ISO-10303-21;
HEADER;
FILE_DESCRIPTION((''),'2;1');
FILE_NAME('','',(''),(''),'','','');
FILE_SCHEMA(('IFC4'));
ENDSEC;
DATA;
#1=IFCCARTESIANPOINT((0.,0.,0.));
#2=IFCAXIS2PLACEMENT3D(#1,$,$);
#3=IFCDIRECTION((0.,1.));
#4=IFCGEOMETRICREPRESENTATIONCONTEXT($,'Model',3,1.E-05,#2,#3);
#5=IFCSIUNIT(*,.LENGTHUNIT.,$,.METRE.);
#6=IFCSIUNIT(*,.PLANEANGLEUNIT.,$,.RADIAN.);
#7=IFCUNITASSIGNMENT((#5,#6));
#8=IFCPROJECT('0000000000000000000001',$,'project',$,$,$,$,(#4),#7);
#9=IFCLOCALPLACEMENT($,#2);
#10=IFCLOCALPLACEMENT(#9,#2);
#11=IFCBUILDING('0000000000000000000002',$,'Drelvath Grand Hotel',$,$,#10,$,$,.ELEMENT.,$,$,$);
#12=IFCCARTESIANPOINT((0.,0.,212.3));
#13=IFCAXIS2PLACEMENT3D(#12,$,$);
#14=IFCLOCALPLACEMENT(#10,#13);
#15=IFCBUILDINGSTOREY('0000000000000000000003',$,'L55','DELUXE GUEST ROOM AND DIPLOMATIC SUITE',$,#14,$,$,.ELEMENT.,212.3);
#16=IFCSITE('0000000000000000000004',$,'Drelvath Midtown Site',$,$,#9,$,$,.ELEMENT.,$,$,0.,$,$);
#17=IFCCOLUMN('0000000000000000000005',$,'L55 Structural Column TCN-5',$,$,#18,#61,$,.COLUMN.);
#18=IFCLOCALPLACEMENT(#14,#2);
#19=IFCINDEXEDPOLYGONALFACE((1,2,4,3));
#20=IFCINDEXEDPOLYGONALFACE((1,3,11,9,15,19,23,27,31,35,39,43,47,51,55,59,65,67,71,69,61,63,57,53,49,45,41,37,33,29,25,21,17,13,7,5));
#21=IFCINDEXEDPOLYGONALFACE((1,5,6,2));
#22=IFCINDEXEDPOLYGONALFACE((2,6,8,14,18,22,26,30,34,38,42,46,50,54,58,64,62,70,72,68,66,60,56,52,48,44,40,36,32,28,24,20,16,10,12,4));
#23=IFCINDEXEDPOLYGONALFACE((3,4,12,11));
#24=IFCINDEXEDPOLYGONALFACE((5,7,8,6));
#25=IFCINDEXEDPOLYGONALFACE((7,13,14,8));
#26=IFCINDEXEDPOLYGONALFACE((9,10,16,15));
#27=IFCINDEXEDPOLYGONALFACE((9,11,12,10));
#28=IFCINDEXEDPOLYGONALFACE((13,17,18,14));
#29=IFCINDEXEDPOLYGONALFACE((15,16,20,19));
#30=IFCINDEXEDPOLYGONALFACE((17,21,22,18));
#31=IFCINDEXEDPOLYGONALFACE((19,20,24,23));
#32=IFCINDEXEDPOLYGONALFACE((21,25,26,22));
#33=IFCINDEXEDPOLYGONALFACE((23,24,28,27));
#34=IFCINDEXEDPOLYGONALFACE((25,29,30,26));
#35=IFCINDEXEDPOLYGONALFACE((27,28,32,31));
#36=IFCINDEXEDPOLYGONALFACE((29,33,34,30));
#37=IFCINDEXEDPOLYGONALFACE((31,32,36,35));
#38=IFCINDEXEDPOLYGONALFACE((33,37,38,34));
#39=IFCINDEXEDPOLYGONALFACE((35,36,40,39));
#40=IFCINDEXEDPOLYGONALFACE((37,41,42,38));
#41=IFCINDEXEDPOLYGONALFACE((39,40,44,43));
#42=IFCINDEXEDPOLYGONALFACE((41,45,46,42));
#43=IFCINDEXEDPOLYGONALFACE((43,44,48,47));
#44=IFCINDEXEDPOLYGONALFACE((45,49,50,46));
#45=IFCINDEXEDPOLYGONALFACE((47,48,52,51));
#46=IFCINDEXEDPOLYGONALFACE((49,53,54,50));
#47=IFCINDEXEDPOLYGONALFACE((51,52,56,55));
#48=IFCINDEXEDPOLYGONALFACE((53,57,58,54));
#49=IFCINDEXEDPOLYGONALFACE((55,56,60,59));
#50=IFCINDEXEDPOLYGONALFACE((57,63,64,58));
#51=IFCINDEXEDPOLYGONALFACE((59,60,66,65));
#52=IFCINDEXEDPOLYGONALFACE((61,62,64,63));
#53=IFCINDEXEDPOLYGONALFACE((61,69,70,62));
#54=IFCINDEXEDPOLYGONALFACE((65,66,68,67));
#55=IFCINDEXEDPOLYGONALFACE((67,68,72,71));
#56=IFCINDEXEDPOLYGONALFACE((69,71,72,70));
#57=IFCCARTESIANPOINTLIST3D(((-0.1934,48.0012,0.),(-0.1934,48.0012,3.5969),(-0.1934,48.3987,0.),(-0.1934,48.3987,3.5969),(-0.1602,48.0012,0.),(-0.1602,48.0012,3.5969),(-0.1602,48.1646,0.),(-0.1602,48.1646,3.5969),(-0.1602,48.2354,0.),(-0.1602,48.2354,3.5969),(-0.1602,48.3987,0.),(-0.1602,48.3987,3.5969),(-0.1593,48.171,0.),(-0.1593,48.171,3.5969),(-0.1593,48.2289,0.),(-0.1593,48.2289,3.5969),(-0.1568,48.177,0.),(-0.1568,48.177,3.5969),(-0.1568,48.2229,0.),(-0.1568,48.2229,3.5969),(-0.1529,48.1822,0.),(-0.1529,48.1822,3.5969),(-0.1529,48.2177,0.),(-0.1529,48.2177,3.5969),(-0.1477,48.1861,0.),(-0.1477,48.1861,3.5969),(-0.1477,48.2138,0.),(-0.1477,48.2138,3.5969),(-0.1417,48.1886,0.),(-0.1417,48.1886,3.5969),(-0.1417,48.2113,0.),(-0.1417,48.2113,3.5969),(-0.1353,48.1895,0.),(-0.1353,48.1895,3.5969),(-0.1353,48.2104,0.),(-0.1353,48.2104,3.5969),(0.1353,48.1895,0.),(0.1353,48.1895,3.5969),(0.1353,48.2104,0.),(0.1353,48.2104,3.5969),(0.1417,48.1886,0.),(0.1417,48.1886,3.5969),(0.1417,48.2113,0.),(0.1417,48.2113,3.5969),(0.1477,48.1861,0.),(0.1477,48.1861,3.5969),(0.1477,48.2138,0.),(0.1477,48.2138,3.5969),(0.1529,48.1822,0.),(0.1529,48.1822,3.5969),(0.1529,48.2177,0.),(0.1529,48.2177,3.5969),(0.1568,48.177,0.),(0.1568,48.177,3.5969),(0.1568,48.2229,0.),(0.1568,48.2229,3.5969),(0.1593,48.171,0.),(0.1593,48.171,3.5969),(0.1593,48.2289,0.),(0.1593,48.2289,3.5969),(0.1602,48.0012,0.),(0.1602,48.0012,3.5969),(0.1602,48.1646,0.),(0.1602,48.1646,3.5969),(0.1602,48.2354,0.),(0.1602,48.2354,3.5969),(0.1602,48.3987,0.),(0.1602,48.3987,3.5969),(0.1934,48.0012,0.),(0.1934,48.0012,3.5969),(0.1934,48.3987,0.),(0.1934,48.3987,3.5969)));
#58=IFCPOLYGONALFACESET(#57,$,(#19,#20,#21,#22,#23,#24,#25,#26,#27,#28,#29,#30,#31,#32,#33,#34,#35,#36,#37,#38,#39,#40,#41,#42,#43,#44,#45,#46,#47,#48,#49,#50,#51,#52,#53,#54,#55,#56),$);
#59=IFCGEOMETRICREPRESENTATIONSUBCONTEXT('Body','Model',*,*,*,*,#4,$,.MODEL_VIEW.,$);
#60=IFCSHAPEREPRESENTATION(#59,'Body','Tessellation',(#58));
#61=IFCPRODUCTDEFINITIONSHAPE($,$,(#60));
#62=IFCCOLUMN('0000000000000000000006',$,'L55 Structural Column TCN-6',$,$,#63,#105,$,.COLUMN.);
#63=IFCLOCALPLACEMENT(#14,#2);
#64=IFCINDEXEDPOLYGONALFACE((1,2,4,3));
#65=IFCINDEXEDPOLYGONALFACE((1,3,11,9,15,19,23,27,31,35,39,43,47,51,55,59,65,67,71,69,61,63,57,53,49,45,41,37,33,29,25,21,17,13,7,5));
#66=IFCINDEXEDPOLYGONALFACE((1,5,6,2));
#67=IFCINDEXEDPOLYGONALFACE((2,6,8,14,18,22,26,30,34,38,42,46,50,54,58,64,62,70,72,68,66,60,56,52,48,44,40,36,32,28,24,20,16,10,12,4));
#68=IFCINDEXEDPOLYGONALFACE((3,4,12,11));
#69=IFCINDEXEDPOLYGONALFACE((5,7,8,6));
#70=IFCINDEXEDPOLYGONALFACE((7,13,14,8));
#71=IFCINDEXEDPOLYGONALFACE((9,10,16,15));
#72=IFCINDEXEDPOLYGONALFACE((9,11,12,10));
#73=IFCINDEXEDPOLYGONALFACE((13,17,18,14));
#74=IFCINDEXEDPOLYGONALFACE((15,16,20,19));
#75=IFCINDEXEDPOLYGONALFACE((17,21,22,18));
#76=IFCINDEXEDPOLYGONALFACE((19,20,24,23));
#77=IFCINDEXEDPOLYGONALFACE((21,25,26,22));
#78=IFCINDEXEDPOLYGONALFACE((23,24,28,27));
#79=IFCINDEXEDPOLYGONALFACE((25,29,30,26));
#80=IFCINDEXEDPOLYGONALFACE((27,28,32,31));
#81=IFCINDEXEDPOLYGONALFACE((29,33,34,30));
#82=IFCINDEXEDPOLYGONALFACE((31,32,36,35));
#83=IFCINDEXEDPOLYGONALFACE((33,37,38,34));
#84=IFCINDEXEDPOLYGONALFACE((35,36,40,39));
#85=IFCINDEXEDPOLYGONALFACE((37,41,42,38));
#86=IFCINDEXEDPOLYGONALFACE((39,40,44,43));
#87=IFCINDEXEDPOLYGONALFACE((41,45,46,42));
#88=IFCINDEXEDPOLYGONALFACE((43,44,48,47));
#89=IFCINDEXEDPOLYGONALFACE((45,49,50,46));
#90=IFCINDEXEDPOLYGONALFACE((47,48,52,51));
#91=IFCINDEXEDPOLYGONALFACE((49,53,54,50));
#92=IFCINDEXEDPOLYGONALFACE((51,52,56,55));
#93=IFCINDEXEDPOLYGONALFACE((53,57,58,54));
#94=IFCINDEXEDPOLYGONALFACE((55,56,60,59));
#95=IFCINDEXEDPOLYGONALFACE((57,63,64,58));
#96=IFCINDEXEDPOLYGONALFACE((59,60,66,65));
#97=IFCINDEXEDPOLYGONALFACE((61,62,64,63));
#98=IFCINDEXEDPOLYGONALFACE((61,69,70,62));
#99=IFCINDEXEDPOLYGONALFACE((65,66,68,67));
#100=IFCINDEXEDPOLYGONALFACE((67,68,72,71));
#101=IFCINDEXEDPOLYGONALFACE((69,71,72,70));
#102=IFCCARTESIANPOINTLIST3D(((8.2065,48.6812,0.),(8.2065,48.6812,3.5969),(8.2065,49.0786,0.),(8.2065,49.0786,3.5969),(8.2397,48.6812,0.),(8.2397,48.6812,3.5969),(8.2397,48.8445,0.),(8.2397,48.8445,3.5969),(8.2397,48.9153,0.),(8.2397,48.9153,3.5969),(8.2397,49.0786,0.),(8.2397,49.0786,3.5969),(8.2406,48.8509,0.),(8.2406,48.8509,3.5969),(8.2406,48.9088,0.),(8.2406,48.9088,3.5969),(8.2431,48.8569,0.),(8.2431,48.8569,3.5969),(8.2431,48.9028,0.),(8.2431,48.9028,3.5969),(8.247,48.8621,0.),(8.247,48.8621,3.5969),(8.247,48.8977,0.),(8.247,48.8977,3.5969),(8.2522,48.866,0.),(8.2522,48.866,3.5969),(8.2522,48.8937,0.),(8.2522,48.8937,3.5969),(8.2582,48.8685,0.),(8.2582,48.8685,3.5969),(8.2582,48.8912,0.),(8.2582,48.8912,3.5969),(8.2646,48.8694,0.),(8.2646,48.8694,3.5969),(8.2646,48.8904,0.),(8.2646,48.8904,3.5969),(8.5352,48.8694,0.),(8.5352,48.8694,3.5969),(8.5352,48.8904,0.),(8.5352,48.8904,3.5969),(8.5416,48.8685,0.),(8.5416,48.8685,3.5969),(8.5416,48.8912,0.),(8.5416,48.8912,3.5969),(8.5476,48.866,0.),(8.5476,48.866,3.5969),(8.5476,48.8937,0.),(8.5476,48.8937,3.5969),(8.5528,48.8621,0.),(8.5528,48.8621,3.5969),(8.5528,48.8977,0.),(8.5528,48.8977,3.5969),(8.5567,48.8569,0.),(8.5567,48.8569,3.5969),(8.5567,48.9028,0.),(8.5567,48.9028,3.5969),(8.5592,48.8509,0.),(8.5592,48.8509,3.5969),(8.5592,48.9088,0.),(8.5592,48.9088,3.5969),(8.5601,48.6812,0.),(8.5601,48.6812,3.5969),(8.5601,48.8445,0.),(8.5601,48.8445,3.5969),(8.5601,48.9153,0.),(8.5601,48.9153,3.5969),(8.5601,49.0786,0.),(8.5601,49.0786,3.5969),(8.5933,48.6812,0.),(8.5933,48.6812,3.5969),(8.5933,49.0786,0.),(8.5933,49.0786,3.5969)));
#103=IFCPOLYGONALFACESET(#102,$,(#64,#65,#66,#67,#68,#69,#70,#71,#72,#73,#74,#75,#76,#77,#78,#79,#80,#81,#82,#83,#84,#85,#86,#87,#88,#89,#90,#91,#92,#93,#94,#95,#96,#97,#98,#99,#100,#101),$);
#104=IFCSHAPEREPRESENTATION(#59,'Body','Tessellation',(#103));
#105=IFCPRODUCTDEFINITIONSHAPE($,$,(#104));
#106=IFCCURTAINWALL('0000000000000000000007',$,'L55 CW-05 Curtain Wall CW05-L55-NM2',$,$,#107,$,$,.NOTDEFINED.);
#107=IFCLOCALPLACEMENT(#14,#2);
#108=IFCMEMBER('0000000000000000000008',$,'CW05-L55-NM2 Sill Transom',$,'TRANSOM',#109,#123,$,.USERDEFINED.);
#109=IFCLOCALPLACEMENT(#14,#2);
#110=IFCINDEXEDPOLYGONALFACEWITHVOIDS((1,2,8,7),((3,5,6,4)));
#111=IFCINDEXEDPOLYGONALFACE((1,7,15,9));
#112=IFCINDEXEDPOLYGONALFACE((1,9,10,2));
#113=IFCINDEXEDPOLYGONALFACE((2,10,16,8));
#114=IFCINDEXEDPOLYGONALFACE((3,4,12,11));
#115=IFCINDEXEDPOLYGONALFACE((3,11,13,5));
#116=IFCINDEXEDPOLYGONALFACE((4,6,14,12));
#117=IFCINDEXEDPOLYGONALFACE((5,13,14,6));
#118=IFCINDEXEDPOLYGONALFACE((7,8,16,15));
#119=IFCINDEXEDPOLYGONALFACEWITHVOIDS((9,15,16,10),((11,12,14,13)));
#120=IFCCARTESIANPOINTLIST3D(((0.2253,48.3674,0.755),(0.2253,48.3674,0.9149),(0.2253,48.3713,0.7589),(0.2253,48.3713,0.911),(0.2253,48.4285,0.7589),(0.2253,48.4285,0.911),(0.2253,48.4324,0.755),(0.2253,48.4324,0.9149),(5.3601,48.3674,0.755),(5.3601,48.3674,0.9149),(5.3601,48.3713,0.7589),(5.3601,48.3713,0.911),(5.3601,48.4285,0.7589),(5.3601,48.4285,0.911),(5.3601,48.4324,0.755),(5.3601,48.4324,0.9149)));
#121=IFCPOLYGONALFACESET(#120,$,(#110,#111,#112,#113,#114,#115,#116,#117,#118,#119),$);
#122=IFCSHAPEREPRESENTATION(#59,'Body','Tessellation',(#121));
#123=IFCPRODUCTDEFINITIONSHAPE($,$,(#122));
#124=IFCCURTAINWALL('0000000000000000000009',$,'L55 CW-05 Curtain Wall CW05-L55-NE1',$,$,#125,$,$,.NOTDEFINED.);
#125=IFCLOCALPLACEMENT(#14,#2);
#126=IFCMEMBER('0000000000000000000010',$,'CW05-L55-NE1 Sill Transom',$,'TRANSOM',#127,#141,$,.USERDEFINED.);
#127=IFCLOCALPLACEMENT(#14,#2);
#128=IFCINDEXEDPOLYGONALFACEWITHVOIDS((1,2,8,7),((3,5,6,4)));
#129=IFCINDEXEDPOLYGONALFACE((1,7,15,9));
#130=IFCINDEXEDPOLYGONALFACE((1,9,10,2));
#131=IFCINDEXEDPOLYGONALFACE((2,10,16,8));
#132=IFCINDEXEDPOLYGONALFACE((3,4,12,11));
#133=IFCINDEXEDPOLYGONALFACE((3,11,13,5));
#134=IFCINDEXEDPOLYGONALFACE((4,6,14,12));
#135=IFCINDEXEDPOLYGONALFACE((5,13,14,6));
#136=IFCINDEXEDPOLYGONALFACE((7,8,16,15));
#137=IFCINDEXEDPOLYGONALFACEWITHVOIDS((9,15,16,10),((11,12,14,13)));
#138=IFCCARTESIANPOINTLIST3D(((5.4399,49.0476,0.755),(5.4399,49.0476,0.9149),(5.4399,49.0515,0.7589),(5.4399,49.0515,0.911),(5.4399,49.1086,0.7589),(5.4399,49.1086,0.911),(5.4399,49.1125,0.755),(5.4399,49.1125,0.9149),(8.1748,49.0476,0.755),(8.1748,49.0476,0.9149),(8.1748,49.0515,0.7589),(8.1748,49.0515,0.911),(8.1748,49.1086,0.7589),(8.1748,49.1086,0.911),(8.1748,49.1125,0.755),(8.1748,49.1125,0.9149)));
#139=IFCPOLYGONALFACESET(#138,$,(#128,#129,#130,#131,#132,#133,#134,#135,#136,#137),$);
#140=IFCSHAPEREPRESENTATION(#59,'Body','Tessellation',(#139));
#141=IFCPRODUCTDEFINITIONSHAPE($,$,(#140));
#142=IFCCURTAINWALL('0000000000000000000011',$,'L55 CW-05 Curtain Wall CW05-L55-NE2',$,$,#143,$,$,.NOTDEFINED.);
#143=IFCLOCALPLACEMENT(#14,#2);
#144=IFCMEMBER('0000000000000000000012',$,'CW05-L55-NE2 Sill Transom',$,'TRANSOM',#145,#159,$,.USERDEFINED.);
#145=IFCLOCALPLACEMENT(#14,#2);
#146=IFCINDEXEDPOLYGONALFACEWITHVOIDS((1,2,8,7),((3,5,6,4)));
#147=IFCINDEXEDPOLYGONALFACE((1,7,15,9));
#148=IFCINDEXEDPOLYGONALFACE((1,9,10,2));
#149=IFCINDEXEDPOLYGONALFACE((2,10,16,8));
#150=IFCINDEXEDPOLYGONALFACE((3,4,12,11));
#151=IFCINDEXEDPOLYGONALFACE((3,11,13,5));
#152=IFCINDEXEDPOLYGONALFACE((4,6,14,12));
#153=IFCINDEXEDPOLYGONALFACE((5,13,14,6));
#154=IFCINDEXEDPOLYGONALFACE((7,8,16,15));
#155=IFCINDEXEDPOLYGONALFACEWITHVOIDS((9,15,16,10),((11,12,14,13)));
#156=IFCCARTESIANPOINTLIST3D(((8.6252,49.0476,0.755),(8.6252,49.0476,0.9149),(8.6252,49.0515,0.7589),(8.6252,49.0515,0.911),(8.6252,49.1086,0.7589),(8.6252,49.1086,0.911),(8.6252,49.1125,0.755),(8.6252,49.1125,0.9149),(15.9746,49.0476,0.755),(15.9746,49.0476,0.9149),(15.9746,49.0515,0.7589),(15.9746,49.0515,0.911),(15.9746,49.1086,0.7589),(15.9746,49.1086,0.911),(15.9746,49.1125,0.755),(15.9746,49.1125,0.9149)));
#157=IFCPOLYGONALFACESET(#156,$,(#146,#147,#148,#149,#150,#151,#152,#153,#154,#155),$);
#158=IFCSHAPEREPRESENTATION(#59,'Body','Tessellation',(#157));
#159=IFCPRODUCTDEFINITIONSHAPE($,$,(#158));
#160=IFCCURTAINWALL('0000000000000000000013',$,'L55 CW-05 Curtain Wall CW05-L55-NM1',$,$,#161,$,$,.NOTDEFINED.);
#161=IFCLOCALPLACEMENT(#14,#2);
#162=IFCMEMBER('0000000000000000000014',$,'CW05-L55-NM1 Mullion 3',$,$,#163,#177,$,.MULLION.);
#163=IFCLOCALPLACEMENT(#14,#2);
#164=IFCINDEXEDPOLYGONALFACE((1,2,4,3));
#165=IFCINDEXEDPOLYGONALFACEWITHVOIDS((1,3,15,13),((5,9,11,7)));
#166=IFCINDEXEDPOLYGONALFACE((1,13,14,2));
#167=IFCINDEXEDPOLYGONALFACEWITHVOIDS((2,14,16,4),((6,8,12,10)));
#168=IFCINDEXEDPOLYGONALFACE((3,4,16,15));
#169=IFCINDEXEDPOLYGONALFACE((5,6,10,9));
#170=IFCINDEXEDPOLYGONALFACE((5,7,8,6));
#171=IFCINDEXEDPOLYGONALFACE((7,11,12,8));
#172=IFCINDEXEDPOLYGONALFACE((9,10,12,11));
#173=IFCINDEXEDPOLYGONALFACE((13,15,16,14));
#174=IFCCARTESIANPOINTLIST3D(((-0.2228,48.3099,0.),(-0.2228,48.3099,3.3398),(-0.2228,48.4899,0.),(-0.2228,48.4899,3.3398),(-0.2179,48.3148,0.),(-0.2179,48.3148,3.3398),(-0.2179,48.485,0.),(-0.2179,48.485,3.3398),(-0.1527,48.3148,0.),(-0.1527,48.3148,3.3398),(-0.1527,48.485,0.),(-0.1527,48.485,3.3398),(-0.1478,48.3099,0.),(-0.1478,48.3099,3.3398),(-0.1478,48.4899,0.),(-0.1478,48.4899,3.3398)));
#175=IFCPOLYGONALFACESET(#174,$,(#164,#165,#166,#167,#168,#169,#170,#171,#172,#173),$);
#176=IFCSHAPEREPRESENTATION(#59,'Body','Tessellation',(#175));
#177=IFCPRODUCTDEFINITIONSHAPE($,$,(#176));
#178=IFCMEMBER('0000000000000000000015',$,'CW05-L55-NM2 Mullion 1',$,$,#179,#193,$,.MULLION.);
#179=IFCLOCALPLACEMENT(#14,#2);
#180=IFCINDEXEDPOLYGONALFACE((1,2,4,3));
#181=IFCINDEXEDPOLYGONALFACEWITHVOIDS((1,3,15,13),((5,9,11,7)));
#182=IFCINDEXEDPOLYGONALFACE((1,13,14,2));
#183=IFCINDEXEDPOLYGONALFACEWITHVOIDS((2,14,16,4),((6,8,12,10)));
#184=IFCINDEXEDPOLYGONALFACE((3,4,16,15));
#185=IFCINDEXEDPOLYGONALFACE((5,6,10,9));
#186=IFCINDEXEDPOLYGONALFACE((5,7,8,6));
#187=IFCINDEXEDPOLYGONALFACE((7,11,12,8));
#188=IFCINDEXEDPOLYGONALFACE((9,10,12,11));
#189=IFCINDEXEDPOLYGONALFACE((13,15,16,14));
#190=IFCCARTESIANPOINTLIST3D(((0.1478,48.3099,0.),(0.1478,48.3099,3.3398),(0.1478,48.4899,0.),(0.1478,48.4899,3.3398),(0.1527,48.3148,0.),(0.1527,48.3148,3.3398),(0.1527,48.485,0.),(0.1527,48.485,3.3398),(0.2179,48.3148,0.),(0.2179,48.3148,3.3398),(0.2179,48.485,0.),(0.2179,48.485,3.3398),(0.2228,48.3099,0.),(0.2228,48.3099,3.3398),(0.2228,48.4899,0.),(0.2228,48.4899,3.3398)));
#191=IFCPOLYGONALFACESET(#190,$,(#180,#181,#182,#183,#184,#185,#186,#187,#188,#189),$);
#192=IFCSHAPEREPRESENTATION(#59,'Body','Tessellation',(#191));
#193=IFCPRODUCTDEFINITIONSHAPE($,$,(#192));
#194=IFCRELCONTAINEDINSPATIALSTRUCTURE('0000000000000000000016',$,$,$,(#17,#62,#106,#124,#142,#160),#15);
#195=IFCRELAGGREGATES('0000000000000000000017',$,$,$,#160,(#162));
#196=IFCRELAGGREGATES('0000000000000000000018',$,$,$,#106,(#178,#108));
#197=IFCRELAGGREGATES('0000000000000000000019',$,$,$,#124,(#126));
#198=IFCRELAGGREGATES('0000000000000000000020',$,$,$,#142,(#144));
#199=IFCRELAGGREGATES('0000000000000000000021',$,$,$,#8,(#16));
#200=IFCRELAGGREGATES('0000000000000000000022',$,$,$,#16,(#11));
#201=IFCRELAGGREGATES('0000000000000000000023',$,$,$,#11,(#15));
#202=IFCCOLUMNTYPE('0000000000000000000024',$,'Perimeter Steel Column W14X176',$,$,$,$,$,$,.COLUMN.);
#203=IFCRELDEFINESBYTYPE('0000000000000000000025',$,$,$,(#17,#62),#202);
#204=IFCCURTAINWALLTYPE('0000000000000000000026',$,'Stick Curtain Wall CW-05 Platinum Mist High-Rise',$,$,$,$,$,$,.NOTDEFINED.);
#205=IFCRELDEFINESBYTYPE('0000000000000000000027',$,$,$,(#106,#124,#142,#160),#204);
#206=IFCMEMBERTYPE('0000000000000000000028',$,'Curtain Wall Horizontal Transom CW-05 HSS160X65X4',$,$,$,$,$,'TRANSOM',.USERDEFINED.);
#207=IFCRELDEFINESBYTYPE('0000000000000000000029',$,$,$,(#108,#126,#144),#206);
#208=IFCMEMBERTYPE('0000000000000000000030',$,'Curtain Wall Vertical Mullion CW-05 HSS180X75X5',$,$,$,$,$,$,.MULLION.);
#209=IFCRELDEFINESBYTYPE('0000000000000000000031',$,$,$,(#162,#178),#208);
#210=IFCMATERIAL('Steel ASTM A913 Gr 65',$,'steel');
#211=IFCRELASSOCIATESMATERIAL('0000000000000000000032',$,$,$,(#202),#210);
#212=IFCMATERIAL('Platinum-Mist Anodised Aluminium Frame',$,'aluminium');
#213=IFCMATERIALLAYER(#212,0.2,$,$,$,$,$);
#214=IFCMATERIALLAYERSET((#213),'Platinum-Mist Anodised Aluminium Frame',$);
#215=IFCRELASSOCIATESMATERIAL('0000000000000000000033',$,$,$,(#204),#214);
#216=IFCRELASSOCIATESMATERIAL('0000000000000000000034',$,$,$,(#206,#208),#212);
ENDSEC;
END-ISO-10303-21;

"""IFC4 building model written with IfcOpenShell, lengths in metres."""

from ifc_helpers import new_model, si_unit, direction, frame, origin, origin_2d, place, context, subcontext, project, spatial, hollow_rectangle, i_section, extrude, material, layer, layer_set, material_profile, profile_set, type_object, element, aggregate, save


model = new_model("IFC4")

# Units and contexts
model_context = context("Model", 3, precision=1e-05, world=origin(), true_north=direction((0.0, 1.0)))
body_context = subcontext(model_context, "Body", "Model", "MODEL_VIEW")
ifc_project = project(units=[si_unit("LENGTHUNIT", "METRE"), si_unit("PLANEANGLEUNIT", "RADIAN")], contexts=[model_context])

# Site, building, storey
site_placement = place(None, origin())
site = spatial("IfcSite", under=ifc_project, at=site_placement, Name="Drelvath Midtown Site", CompositionType="ELEMENT", RefElevation=0.0)
building_placement = place(site_placement, origin())
building = spatial("IfcBuilding", under=site, at=building_placement, Name="Drelvath Grand Hotel", CompositionType="ELEMENT")
storey_placement = place(building_placement, frame((0.0, 0.0, 212.3)))
storey = spatial("IfcBuildingStorey", under=building, at=storey_placement, Name="L55", Description="DELUXE GUEST ROOM AND DIPLOMATIC SUITE", CompositionType="ELEMENT", Elevation=212.3)

# Columns
ifc_material_1 = material(Name="Steel ASTM A913 Gr 65", Category="steel")
ifc_material_profile_1 = material_profile(ifc_material_1, i_section(OverallWidth=0.3975, OverallDepth=0.3867, WebThickness=0.021, FlangeThickness=0.0332, FilletRadius=0.0249, at=origin_2d()), Name="W14X176")
ifc_profile_set_1 = profile_set([ifc_material_profile_1], Name="Steel ASTM A913 Gr 65")
column_type = type_object("IfcColumnType", Name="Perimeter Steel Column W14X176", PredefinedType="COLUMN", material=ifc_profile_set_1)
for number, where, z_axis, x_axis, name in (
    (1, (0.0, 48.2, 0.0), (0.0, 0.0, 1.0), (0.0, 1.0, 0.0), "L55 Structural Column TCN-5"),
    (2, (8.3999, 48.8799, 0.0), (0.0, 0.0, 1.0), (0.0, 1.0, 0.0), "L55 Structural Column TCN-6"),
):
    element("IfcColumn", number, at=place(storey_placement, frame(where, z_axis=z_axis, x_axis=x_axis)), inside=storey, type_object=column_type, Name=name, PredefinedType="COLUMN", context=body_context, shape_type="SweptSolid", body=[
        extrude(i_section(OverallWidth=0.3975, OverallDepth=0.3867, WebThickness=0.021, FlangeThickness=0.0332, FilletRadius=0.0249, at=origin_2d()), origin(), (0.0, 0.0, 1.0), 3.5969),
    ])

# Curtain walls, members
ifc_material_2 = material(Name="Platinum-Mist Anodised Aluminium Frame", Category="aluminium")
ifc_layer_1 = layer(ifc_material_2, 0.2)
ifc_layer_set_1 = layer_set([ifc_layer_1], Name="Platinum-Mist Anodised Aluminium Frame")
curtain_wall_type = type_object("IfcCurtainWallType", Name="Stick Curtain Wall CW-05 Platinum Mist High-Rise", PredefinedType="NOTDEFINED", material=ifc_layer_set_1)
curtain_wall_1_placement = place(storey_placement, origin())
curtain_wall_1 = element("IfcCurtainWall", 3, at=curtain_wall_1_placement, inside=storey, type_object=curtain_wall_type, Name="L55 CW-05 Curtain Wall CW05-L55-NM2", PredefinedType="NOTDEFINED")
ifc_material_profile_2 = material_profile(ifc_material_2, hollow_rectangle(XDim=0.0649, YDim=0.1599, WallThickness=0.0039, at=origin_2d()), Name="HSS160X65X4")
ifc_profile_set_2 = profile_set([ifc_material_profile_2], Name="Platinum-Mist Anodised Aluminium Frame")
member_type_1 = type_object("IfcMemberType", Name="Curtain Wall Horizontal Transom CW-05 HSS160X65X4", ElementType="TRANSOM", PredefinedType="USERDEFINED", material=ifc_profile_set_2)
member_1_placement = place(storey_placement, frame((0.2253, 48.3999, 0.835), z_axis=(1.0, 0.0, 0.0), x_axis=(0.0, 1.0, 0.0)))
member_1 = element("IfcMember", 4, at=member_1_placement, type_object=member_type_1, Name="CW05-L55-NM2 Sill Transom", ObjectType="TRANSOM", PredefinedType="USERDEFINED", context=body_context, shape_type="SweptSolid", body=[
    extrude(hollow_rectangle(XDim=0.0649, YDim=0.1599, WallThickness=0.0039, at=origin_2d()), origin(), (0.0, 0.0, 1.0), 5.1348),
])
curtain_wall_2_placement = place(storey_placement, origin())
curtain_wall_2 = element("IfcCurtainWall", 5, at=curtain_wall_2_placement, inside=storey, type_object=curtain_wall_type, Name="L55 CW-05 Curtain Wall CW05-L55-NE1", PredefinedType="NOTDEFINED")
member_2_placement = place(storey_placement, frame((5.4399, 49.0801, 0.835), z_axis=(1.0, 0.0, 0.0), x_axis=(0.0, 1.0, 0.0)))
member_2 = element("IfcMember", 6, at=member_2_placement, type_object=member_type_1, Name="CW05-L55-NE1 Sill Transom", ObjectType="TRANSOM", PredefinedType="USERDEFINED", context=body_context, shape_type="SweptSolid", body=[
    extrude(hollow_rectangle(XDim=0.0649, YDim=0.1599, WallThickness=0.0039, at=origin_2d()), origin(), (0.0, 0.0, 1.0), 2.7349),
])
curtain_wall_3_placement = place(storey_placement, origin())
curtain_wall_3 = element("IfcCurtainWall", 7, at=curtain_wall_3_placement, inside=storey, type_object=curtain_wall_type, Name="L55 CW-05 Curtain Wall CW05-L55-NE2", PredefinedType="NOTDEFINED")
member_3_placement = place(storey_placement, frame((8.6252, 49.0801, 0.835), z_axis=(1.0, 0.0, 0.0), x_axis=(0.0, 1.0, 0.0)))
member_3 = element("IfcMember", 8, at=member_3_placement, type_object=member_type_1, Name="CW05-L55-NE2 Sill Transom", ObjectType="TRANSOM", PredefinedType="USERDEFINED", context=body_context, shape_type="SweptSolid", body=[
    extrude(hollow_rectangle(XDim=0.0649, YDim=0.1599, WallThickness=0.0039, at=origin_2d()), origin(), (0.0, 0.0, 1.0), 7.3494),
])
curtain_wall_4_placement = place(storey_placement, origin())
curtain_wall_4 = element("IfcCurtainWall", 9, at=curtain_wall_4_placement, inside=storey, type_object=curtain_wall_type, Name="L55 CW-05 Curtain Wall CW05-L55-NM1", PredefinedType="NOTDEFINED")
ifc_material_profile_3 = material_profile(ifc_material_2, hollow_rectangle(XDim=0.075, YDim=0.1799, WallThickness=0.0049, at=origin_2d()), Name="HSS180X75X5")
ifc_profile_set_3 = profile_set([ifc_material_profile_3], Name="Platinum-Mist Anodised Aluminium Frame")
member_type_2 = type_object("IfcMemberType", Name="Curtain Wall Vertical Mullion CW-05 HSS180X75X5", PredefinedType="MULLION", material=ifc_profile_set_3)
member_4_placement = place(storey_placement, frame((-0.1853, 48.3999, 0.0), z_axis=(0.0, 0.0, 1.0), x_axis=(1.0, 0.0, 0.0)))
member_4 = element("IfcMember", 10, at=member_4_placement, type_object=member_type_2, Name="CW05-L55-NM1 Mullion 3", PredefinedType="MULLION", context=body_context, shape_type="SweptSolid", body=[
    extrude(hollow_rectangle(XDim=0.075, YDim=0.1799, WallThickness=0.0049, at=origin_2d()), origin(), (0.0, 0.0, 1.0), 3.3398),
])
aggregate(curtain_wall_4, [member_4])

# Member
member_5_placement = place(storey_placement, frame((0.1853, 48.3999, 0.0), z_axis=(0.0, 0.0, 1.0), x_axis=(1.0, 0.0, 0.0)))
member_5 = element("IfcMember", 11, at=member_5_placement, type_object=member_type_2, Name="CW05-L55-NM2 Mullion 1", PredefinedType="MULLION", context=body_context, shape_type="SweptSolid", body=[
    extrude(hollow_rectangle(XDim=0.075, YDim=0.1799, WallThickness=0.0049, at=origin_2d()), origin(), (0.0, 0.0, 1.0), 3.3398),
])

aggregate(curtain_wall_1, [member_5, member_1])
aggregate(curtain_wall_2, [member_2])
aggregate(curtain_wall_3, [member_3])

save(model, "model.ifc")
